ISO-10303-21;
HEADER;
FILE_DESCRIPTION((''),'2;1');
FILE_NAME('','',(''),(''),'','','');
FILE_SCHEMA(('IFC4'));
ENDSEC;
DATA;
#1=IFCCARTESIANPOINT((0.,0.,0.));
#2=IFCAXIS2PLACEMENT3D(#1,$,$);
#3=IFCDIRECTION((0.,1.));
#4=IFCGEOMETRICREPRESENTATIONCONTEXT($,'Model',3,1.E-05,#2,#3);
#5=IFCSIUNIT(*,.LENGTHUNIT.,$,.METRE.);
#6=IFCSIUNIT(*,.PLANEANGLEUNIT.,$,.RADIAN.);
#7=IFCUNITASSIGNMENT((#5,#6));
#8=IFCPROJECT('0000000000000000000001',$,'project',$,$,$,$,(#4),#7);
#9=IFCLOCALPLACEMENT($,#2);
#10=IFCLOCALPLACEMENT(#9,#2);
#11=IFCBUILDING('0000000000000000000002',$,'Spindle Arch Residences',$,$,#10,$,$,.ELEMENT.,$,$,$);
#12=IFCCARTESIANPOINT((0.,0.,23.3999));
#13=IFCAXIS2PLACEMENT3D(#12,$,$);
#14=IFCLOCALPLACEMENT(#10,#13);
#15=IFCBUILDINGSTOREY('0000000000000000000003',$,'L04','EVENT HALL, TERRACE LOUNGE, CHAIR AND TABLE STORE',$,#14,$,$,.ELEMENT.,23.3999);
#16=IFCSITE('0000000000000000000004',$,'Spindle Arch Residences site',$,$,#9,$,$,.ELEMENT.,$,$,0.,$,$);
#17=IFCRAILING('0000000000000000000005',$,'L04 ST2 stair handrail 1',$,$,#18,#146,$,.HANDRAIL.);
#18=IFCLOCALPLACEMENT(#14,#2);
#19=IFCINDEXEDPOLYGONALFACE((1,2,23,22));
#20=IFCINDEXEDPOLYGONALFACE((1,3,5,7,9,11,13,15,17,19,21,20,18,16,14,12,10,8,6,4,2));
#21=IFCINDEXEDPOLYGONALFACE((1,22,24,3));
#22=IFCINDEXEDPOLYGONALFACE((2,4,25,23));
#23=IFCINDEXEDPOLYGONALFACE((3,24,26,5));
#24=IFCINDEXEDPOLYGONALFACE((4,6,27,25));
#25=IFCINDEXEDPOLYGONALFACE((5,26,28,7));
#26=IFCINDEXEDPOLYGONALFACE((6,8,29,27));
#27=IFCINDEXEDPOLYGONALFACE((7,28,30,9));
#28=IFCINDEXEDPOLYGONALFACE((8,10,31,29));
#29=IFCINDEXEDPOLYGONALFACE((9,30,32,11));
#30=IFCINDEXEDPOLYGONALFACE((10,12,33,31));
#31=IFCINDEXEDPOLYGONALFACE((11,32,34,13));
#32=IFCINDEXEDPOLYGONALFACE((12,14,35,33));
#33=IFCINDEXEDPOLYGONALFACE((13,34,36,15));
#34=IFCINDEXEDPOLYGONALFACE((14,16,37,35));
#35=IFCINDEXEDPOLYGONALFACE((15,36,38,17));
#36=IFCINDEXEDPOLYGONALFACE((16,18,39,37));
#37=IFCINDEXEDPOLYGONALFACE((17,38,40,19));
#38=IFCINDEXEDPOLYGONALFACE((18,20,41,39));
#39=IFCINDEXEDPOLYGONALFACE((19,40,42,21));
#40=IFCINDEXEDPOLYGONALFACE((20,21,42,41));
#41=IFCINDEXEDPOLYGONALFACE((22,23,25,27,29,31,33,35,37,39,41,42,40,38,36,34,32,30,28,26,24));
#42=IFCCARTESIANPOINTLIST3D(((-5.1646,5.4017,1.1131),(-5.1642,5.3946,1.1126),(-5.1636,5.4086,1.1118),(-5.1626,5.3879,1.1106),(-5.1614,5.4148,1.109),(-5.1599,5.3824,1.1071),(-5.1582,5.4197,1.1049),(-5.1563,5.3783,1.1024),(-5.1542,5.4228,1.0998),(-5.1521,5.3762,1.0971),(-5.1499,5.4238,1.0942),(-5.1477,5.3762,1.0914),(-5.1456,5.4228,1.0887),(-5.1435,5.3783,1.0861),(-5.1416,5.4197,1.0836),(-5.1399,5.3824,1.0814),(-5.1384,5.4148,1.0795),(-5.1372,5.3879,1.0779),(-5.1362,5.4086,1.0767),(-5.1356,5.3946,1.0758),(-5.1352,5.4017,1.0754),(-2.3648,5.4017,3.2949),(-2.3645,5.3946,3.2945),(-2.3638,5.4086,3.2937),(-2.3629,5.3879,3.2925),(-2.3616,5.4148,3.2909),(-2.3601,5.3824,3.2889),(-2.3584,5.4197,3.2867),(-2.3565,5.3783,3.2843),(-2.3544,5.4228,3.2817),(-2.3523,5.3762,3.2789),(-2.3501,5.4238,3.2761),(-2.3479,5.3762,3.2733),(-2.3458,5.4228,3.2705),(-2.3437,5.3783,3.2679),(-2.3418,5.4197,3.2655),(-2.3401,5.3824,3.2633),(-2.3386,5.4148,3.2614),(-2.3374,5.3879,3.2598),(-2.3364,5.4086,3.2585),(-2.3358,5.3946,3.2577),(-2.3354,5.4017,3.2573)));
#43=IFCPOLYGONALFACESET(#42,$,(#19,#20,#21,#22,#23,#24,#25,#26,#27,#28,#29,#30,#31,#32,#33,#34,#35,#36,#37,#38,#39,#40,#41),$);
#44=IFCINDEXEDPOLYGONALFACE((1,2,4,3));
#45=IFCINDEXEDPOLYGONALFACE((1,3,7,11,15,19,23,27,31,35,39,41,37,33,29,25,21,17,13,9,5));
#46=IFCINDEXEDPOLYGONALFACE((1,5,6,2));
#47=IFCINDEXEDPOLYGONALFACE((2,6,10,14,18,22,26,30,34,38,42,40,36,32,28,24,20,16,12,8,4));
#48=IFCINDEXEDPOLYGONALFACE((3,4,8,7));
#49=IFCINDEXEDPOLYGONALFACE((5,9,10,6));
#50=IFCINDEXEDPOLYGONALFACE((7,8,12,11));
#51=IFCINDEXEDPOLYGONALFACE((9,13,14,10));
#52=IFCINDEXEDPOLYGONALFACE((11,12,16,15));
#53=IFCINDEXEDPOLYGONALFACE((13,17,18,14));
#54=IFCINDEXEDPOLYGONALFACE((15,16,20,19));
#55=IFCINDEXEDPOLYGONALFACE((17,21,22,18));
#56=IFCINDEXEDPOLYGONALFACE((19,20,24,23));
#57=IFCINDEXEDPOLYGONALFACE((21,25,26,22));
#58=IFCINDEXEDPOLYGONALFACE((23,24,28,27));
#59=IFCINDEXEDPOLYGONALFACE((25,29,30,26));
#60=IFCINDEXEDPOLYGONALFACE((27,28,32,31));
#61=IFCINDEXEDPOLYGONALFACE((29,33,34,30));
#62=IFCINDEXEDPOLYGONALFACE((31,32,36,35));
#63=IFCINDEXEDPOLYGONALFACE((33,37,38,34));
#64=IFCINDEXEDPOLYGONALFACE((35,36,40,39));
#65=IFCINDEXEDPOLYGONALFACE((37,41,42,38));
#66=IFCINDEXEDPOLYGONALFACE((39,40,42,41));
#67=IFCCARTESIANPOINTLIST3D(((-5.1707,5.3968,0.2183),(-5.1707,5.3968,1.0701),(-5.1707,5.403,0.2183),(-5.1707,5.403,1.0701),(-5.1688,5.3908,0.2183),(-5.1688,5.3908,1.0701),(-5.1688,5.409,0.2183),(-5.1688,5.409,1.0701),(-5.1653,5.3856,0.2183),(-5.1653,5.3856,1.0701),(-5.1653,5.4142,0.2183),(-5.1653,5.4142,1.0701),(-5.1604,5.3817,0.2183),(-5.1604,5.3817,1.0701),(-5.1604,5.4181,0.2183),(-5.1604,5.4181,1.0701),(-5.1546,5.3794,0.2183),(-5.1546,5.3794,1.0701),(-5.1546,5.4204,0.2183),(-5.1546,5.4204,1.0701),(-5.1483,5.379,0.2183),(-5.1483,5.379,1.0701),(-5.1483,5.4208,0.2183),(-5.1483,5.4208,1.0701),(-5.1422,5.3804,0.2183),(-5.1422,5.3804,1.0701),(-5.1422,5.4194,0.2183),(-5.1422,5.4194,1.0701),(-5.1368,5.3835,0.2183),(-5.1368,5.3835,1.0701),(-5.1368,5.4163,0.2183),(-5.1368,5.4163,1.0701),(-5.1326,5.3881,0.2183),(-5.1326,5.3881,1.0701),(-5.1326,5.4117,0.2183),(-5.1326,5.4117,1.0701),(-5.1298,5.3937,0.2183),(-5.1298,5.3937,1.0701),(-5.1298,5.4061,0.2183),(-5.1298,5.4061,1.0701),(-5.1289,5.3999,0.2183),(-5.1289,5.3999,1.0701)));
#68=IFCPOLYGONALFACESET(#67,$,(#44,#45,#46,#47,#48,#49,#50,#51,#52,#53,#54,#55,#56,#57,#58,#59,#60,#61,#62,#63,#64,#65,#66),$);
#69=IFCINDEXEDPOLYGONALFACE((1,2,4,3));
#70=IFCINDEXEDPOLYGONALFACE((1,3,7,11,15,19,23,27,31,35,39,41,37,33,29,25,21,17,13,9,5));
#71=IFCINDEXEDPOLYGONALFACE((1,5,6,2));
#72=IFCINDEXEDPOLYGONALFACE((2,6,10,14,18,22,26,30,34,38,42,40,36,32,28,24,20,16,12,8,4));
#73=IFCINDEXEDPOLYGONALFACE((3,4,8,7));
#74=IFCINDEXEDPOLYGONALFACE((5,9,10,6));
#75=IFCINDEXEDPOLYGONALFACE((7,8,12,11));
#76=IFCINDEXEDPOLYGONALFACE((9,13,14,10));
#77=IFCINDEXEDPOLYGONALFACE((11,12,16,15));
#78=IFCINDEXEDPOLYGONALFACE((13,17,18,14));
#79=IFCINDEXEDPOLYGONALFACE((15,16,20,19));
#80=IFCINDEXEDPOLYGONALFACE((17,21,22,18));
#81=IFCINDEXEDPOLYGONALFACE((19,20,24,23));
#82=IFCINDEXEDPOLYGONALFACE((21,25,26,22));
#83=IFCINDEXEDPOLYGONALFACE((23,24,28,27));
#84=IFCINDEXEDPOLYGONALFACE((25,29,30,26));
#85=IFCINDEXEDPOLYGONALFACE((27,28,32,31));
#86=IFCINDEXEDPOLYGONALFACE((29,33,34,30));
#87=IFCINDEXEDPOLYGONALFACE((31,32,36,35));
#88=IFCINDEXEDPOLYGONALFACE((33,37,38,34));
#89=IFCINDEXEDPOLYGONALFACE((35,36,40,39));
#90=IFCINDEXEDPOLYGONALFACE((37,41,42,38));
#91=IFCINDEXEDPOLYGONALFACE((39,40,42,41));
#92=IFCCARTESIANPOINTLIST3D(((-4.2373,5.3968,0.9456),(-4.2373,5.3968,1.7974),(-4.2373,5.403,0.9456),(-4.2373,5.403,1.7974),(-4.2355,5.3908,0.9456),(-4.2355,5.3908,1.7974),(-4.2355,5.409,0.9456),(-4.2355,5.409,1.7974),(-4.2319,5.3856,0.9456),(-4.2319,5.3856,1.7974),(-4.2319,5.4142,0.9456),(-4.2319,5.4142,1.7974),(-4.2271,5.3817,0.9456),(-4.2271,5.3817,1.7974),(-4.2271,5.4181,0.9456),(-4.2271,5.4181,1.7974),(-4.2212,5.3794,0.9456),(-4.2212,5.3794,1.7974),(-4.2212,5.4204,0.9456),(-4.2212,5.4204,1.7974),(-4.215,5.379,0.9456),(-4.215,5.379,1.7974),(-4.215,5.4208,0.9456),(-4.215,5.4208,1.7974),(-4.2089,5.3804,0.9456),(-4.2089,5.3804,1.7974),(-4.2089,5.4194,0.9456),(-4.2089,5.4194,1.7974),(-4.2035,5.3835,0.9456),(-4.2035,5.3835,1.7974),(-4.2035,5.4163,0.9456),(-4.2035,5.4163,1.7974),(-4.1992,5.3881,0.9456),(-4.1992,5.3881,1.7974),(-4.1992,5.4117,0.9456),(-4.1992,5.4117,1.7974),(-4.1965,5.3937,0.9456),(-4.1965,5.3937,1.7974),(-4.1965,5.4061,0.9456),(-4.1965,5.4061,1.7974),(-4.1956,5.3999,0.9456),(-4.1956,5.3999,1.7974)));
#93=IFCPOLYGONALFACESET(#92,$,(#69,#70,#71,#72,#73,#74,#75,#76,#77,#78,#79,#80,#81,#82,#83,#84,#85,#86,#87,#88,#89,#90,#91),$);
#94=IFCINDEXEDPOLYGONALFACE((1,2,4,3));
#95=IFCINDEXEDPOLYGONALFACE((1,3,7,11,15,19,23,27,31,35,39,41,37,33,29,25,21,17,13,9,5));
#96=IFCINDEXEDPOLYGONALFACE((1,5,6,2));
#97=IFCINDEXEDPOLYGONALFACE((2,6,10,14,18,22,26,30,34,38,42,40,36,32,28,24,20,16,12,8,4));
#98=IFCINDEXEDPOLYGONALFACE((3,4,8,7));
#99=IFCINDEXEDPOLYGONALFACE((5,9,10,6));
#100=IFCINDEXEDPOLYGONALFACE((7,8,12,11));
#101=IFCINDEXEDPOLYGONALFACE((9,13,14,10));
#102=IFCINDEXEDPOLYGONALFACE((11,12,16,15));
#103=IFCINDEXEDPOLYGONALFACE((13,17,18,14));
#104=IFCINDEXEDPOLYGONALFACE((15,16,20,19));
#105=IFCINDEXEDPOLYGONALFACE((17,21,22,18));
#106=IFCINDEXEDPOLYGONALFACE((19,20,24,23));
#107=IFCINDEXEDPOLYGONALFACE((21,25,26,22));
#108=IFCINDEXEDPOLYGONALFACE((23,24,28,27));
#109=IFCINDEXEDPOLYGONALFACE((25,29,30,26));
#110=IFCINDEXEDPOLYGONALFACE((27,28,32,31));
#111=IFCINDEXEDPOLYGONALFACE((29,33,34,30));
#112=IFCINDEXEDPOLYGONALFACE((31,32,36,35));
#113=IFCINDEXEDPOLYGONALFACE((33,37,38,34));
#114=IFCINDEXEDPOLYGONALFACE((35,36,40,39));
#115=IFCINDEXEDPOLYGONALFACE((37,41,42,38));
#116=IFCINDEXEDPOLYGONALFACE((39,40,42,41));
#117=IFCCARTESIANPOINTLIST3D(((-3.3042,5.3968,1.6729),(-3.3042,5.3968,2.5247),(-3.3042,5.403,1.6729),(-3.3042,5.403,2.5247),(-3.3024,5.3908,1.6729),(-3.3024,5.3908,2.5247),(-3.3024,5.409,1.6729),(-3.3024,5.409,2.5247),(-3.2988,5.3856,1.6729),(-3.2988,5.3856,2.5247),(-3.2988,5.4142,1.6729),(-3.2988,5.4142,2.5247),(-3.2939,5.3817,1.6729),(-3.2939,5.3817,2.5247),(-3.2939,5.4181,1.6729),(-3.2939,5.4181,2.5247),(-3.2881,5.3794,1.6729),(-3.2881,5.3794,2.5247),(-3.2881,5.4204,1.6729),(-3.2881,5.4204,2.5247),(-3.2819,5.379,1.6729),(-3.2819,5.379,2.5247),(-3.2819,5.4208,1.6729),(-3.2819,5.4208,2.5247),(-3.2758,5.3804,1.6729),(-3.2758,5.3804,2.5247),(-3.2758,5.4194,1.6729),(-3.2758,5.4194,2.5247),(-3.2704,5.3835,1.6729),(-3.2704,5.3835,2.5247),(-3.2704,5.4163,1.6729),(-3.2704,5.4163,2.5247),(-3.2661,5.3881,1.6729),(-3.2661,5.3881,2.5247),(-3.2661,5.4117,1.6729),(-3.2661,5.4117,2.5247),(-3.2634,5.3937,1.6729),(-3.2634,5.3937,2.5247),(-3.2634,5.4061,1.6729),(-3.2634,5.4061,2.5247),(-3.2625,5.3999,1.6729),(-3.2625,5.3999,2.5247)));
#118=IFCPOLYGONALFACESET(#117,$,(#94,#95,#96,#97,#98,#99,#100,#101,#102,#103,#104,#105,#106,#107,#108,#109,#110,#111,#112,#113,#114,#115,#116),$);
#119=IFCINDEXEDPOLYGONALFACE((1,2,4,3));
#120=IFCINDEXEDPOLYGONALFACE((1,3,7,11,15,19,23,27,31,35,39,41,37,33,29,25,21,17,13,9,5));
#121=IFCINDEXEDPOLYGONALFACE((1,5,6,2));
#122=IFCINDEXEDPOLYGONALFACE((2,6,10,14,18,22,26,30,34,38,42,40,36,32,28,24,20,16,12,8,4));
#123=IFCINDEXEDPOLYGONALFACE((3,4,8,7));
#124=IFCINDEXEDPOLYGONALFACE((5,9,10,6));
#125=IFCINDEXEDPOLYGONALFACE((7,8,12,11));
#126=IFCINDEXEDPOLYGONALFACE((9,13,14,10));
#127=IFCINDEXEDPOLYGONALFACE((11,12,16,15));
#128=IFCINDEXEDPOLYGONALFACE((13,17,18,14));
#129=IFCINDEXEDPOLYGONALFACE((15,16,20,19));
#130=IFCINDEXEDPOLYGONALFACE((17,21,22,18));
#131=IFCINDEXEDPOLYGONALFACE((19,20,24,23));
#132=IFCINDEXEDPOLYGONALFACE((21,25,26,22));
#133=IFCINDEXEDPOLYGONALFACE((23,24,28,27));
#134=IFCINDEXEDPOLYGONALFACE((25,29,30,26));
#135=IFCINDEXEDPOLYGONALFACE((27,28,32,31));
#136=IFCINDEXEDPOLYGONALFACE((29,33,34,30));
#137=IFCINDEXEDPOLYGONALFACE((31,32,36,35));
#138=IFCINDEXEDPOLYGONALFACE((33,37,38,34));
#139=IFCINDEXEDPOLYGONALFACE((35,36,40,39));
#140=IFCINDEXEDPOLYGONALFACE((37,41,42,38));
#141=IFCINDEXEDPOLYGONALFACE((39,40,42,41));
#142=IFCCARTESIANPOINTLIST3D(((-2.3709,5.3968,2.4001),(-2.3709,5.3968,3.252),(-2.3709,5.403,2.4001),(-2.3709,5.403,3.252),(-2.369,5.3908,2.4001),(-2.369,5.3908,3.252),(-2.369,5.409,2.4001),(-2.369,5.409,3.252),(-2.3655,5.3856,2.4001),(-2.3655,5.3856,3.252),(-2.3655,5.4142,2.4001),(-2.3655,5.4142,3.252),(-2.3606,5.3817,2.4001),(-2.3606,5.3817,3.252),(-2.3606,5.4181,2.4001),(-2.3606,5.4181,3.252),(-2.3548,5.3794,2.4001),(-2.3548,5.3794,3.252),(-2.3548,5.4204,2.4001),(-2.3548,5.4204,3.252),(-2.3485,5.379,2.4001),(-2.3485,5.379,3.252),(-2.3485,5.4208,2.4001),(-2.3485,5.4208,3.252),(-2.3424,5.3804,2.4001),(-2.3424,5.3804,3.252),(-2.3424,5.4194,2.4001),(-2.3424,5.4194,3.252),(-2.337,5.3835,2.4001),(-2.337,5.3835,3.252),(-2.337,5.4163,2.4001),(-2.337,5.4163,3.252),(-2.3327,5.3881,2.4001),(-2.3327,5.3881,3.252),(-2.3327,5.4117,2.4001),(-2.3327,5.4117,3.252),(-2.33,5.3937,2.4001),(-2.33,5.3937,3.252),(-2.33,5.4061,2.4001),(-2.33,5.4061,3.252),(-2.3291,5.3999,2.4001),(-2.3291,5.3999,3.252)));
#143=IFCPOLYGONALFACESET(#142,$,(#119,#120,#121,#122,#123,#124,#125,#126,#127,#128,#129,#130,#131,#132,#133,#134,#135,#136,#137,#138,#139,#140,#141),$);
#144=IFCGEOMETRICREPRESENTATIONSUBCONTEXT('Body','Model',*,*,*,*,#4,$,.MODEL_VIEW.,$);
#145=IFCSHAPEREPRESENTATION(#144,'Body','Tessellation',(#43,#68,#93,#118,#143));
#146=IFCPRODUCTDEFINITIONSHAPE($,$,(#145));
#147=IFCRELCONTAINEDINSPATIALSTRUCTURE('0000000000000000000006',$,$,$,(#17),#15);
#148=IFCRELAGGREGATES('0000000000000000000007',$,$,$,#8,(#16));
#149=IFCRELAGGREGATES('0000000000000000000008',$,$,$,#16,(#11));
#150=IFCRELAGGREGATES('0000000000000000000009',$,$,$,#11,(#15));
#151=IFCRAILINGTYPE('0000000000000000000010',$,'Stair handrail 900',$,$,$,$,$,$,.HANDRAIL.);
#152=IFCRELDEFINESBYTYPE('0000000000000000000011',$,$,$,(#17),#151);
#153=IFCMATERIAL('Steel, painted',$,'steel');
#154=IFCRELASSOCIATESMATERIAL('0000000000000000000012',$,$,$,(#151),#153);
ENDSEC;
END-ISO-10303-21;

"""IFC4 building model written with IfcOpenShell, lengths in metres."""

from ifc_helpers import new_model, si_unit, direction, frame, origin, origin_2d, place, context, subcontext, project, spatial, circle, extrude, material, type_object, element, save


model = new_model("IFC4")

# Units and contexts
model_context = context("Model", 3, precision=1e-05, world=origin(), true_north=direction((0.0, 1.0)))
body_context = subcontext(model_context, "Body", "Model", "MODEL_VIEW")
ifc_project = project(units=[si_unit("LENGTHUNIT", "METRE"), si_unit("PLANEANGLEUNIT", "RADIAN")], contexts=[model_context])

# Site, building, storey
site_placement = place(None, origin())
site = spatial("IfcSite", under=ifc_project, at=site_placement, Name="Spindle Arch Residences site", CompositionType="ELEMENT", RefElevation=0.0)
building_placement = place(site_placement, origin())
building = spatial("IfcBuilding", under=site, at=building_placement, Name="Spindle Arch Residences", CompositionType="ELEMENT")
storey_placement = place(building_placement, frame((0.0, 0.0, 23.3999)))
storey = spatial("IfcBuildingStorey", under=building, at=storey_placement, Name="L04", Description="EVENT HALL, TERRACE LOUNGE, CHAIR AND TABLE STORE", CompositionType="ELEMENT", Elevation=23.3999)

# Railing
ifc_material_1 = material(Name="Steel, painted", Category="steel")
railing_type_1 = type_object("IfcRailingType", Name="Stair handrail 900", PredefinedType="HANDRAIL", material=ifc_material_1)
railing_1_placement = place(storey_placement, frame((-5.1499, 5.3999, 0.2183)))
element("IfcRailing", 1, at=railing_1_placement, inside=storey, type_object=railing_type_1, Name="L04 ST2 stair handrail 1", PredefinedType="HANDRAIL", context=body_context, shape_type="SweptSolid", body=[
    extrude(circle(Radius=0.0239, at=origin_2d()), frame((0.0, 0.0, 0.876), z_axis=(0.78877, 0.0, 0.614688), x_axis=(0.0, 1.0, 0.0)), (0.0, 0.0, 1.0), 3.5496),
    extrude(circle(Radius=0.021, at=origin_2d()), origin(), (0.0, 0.0, 1.0), 0.8518),
    extrude(circle(Radius=0.021, at=origin_2d()), frame((0.9333, 0.0, 0.7273)), (0.0, 0.0, 1.0), 0.8518),
    extrude(circle(Radius=0.021, at=origin_2d()), frame((1.8665, 0.0, 1.4546)), (0.0, 0.0, 1.0), 0.8518),
    extrude(circle(Radius=0.021, at=origin_2d()), frame((2.7998, 0.0, 2.1819)), (0.0, 0.0, 1.0), 0.8518),
])

save(model, "model.ifc")
